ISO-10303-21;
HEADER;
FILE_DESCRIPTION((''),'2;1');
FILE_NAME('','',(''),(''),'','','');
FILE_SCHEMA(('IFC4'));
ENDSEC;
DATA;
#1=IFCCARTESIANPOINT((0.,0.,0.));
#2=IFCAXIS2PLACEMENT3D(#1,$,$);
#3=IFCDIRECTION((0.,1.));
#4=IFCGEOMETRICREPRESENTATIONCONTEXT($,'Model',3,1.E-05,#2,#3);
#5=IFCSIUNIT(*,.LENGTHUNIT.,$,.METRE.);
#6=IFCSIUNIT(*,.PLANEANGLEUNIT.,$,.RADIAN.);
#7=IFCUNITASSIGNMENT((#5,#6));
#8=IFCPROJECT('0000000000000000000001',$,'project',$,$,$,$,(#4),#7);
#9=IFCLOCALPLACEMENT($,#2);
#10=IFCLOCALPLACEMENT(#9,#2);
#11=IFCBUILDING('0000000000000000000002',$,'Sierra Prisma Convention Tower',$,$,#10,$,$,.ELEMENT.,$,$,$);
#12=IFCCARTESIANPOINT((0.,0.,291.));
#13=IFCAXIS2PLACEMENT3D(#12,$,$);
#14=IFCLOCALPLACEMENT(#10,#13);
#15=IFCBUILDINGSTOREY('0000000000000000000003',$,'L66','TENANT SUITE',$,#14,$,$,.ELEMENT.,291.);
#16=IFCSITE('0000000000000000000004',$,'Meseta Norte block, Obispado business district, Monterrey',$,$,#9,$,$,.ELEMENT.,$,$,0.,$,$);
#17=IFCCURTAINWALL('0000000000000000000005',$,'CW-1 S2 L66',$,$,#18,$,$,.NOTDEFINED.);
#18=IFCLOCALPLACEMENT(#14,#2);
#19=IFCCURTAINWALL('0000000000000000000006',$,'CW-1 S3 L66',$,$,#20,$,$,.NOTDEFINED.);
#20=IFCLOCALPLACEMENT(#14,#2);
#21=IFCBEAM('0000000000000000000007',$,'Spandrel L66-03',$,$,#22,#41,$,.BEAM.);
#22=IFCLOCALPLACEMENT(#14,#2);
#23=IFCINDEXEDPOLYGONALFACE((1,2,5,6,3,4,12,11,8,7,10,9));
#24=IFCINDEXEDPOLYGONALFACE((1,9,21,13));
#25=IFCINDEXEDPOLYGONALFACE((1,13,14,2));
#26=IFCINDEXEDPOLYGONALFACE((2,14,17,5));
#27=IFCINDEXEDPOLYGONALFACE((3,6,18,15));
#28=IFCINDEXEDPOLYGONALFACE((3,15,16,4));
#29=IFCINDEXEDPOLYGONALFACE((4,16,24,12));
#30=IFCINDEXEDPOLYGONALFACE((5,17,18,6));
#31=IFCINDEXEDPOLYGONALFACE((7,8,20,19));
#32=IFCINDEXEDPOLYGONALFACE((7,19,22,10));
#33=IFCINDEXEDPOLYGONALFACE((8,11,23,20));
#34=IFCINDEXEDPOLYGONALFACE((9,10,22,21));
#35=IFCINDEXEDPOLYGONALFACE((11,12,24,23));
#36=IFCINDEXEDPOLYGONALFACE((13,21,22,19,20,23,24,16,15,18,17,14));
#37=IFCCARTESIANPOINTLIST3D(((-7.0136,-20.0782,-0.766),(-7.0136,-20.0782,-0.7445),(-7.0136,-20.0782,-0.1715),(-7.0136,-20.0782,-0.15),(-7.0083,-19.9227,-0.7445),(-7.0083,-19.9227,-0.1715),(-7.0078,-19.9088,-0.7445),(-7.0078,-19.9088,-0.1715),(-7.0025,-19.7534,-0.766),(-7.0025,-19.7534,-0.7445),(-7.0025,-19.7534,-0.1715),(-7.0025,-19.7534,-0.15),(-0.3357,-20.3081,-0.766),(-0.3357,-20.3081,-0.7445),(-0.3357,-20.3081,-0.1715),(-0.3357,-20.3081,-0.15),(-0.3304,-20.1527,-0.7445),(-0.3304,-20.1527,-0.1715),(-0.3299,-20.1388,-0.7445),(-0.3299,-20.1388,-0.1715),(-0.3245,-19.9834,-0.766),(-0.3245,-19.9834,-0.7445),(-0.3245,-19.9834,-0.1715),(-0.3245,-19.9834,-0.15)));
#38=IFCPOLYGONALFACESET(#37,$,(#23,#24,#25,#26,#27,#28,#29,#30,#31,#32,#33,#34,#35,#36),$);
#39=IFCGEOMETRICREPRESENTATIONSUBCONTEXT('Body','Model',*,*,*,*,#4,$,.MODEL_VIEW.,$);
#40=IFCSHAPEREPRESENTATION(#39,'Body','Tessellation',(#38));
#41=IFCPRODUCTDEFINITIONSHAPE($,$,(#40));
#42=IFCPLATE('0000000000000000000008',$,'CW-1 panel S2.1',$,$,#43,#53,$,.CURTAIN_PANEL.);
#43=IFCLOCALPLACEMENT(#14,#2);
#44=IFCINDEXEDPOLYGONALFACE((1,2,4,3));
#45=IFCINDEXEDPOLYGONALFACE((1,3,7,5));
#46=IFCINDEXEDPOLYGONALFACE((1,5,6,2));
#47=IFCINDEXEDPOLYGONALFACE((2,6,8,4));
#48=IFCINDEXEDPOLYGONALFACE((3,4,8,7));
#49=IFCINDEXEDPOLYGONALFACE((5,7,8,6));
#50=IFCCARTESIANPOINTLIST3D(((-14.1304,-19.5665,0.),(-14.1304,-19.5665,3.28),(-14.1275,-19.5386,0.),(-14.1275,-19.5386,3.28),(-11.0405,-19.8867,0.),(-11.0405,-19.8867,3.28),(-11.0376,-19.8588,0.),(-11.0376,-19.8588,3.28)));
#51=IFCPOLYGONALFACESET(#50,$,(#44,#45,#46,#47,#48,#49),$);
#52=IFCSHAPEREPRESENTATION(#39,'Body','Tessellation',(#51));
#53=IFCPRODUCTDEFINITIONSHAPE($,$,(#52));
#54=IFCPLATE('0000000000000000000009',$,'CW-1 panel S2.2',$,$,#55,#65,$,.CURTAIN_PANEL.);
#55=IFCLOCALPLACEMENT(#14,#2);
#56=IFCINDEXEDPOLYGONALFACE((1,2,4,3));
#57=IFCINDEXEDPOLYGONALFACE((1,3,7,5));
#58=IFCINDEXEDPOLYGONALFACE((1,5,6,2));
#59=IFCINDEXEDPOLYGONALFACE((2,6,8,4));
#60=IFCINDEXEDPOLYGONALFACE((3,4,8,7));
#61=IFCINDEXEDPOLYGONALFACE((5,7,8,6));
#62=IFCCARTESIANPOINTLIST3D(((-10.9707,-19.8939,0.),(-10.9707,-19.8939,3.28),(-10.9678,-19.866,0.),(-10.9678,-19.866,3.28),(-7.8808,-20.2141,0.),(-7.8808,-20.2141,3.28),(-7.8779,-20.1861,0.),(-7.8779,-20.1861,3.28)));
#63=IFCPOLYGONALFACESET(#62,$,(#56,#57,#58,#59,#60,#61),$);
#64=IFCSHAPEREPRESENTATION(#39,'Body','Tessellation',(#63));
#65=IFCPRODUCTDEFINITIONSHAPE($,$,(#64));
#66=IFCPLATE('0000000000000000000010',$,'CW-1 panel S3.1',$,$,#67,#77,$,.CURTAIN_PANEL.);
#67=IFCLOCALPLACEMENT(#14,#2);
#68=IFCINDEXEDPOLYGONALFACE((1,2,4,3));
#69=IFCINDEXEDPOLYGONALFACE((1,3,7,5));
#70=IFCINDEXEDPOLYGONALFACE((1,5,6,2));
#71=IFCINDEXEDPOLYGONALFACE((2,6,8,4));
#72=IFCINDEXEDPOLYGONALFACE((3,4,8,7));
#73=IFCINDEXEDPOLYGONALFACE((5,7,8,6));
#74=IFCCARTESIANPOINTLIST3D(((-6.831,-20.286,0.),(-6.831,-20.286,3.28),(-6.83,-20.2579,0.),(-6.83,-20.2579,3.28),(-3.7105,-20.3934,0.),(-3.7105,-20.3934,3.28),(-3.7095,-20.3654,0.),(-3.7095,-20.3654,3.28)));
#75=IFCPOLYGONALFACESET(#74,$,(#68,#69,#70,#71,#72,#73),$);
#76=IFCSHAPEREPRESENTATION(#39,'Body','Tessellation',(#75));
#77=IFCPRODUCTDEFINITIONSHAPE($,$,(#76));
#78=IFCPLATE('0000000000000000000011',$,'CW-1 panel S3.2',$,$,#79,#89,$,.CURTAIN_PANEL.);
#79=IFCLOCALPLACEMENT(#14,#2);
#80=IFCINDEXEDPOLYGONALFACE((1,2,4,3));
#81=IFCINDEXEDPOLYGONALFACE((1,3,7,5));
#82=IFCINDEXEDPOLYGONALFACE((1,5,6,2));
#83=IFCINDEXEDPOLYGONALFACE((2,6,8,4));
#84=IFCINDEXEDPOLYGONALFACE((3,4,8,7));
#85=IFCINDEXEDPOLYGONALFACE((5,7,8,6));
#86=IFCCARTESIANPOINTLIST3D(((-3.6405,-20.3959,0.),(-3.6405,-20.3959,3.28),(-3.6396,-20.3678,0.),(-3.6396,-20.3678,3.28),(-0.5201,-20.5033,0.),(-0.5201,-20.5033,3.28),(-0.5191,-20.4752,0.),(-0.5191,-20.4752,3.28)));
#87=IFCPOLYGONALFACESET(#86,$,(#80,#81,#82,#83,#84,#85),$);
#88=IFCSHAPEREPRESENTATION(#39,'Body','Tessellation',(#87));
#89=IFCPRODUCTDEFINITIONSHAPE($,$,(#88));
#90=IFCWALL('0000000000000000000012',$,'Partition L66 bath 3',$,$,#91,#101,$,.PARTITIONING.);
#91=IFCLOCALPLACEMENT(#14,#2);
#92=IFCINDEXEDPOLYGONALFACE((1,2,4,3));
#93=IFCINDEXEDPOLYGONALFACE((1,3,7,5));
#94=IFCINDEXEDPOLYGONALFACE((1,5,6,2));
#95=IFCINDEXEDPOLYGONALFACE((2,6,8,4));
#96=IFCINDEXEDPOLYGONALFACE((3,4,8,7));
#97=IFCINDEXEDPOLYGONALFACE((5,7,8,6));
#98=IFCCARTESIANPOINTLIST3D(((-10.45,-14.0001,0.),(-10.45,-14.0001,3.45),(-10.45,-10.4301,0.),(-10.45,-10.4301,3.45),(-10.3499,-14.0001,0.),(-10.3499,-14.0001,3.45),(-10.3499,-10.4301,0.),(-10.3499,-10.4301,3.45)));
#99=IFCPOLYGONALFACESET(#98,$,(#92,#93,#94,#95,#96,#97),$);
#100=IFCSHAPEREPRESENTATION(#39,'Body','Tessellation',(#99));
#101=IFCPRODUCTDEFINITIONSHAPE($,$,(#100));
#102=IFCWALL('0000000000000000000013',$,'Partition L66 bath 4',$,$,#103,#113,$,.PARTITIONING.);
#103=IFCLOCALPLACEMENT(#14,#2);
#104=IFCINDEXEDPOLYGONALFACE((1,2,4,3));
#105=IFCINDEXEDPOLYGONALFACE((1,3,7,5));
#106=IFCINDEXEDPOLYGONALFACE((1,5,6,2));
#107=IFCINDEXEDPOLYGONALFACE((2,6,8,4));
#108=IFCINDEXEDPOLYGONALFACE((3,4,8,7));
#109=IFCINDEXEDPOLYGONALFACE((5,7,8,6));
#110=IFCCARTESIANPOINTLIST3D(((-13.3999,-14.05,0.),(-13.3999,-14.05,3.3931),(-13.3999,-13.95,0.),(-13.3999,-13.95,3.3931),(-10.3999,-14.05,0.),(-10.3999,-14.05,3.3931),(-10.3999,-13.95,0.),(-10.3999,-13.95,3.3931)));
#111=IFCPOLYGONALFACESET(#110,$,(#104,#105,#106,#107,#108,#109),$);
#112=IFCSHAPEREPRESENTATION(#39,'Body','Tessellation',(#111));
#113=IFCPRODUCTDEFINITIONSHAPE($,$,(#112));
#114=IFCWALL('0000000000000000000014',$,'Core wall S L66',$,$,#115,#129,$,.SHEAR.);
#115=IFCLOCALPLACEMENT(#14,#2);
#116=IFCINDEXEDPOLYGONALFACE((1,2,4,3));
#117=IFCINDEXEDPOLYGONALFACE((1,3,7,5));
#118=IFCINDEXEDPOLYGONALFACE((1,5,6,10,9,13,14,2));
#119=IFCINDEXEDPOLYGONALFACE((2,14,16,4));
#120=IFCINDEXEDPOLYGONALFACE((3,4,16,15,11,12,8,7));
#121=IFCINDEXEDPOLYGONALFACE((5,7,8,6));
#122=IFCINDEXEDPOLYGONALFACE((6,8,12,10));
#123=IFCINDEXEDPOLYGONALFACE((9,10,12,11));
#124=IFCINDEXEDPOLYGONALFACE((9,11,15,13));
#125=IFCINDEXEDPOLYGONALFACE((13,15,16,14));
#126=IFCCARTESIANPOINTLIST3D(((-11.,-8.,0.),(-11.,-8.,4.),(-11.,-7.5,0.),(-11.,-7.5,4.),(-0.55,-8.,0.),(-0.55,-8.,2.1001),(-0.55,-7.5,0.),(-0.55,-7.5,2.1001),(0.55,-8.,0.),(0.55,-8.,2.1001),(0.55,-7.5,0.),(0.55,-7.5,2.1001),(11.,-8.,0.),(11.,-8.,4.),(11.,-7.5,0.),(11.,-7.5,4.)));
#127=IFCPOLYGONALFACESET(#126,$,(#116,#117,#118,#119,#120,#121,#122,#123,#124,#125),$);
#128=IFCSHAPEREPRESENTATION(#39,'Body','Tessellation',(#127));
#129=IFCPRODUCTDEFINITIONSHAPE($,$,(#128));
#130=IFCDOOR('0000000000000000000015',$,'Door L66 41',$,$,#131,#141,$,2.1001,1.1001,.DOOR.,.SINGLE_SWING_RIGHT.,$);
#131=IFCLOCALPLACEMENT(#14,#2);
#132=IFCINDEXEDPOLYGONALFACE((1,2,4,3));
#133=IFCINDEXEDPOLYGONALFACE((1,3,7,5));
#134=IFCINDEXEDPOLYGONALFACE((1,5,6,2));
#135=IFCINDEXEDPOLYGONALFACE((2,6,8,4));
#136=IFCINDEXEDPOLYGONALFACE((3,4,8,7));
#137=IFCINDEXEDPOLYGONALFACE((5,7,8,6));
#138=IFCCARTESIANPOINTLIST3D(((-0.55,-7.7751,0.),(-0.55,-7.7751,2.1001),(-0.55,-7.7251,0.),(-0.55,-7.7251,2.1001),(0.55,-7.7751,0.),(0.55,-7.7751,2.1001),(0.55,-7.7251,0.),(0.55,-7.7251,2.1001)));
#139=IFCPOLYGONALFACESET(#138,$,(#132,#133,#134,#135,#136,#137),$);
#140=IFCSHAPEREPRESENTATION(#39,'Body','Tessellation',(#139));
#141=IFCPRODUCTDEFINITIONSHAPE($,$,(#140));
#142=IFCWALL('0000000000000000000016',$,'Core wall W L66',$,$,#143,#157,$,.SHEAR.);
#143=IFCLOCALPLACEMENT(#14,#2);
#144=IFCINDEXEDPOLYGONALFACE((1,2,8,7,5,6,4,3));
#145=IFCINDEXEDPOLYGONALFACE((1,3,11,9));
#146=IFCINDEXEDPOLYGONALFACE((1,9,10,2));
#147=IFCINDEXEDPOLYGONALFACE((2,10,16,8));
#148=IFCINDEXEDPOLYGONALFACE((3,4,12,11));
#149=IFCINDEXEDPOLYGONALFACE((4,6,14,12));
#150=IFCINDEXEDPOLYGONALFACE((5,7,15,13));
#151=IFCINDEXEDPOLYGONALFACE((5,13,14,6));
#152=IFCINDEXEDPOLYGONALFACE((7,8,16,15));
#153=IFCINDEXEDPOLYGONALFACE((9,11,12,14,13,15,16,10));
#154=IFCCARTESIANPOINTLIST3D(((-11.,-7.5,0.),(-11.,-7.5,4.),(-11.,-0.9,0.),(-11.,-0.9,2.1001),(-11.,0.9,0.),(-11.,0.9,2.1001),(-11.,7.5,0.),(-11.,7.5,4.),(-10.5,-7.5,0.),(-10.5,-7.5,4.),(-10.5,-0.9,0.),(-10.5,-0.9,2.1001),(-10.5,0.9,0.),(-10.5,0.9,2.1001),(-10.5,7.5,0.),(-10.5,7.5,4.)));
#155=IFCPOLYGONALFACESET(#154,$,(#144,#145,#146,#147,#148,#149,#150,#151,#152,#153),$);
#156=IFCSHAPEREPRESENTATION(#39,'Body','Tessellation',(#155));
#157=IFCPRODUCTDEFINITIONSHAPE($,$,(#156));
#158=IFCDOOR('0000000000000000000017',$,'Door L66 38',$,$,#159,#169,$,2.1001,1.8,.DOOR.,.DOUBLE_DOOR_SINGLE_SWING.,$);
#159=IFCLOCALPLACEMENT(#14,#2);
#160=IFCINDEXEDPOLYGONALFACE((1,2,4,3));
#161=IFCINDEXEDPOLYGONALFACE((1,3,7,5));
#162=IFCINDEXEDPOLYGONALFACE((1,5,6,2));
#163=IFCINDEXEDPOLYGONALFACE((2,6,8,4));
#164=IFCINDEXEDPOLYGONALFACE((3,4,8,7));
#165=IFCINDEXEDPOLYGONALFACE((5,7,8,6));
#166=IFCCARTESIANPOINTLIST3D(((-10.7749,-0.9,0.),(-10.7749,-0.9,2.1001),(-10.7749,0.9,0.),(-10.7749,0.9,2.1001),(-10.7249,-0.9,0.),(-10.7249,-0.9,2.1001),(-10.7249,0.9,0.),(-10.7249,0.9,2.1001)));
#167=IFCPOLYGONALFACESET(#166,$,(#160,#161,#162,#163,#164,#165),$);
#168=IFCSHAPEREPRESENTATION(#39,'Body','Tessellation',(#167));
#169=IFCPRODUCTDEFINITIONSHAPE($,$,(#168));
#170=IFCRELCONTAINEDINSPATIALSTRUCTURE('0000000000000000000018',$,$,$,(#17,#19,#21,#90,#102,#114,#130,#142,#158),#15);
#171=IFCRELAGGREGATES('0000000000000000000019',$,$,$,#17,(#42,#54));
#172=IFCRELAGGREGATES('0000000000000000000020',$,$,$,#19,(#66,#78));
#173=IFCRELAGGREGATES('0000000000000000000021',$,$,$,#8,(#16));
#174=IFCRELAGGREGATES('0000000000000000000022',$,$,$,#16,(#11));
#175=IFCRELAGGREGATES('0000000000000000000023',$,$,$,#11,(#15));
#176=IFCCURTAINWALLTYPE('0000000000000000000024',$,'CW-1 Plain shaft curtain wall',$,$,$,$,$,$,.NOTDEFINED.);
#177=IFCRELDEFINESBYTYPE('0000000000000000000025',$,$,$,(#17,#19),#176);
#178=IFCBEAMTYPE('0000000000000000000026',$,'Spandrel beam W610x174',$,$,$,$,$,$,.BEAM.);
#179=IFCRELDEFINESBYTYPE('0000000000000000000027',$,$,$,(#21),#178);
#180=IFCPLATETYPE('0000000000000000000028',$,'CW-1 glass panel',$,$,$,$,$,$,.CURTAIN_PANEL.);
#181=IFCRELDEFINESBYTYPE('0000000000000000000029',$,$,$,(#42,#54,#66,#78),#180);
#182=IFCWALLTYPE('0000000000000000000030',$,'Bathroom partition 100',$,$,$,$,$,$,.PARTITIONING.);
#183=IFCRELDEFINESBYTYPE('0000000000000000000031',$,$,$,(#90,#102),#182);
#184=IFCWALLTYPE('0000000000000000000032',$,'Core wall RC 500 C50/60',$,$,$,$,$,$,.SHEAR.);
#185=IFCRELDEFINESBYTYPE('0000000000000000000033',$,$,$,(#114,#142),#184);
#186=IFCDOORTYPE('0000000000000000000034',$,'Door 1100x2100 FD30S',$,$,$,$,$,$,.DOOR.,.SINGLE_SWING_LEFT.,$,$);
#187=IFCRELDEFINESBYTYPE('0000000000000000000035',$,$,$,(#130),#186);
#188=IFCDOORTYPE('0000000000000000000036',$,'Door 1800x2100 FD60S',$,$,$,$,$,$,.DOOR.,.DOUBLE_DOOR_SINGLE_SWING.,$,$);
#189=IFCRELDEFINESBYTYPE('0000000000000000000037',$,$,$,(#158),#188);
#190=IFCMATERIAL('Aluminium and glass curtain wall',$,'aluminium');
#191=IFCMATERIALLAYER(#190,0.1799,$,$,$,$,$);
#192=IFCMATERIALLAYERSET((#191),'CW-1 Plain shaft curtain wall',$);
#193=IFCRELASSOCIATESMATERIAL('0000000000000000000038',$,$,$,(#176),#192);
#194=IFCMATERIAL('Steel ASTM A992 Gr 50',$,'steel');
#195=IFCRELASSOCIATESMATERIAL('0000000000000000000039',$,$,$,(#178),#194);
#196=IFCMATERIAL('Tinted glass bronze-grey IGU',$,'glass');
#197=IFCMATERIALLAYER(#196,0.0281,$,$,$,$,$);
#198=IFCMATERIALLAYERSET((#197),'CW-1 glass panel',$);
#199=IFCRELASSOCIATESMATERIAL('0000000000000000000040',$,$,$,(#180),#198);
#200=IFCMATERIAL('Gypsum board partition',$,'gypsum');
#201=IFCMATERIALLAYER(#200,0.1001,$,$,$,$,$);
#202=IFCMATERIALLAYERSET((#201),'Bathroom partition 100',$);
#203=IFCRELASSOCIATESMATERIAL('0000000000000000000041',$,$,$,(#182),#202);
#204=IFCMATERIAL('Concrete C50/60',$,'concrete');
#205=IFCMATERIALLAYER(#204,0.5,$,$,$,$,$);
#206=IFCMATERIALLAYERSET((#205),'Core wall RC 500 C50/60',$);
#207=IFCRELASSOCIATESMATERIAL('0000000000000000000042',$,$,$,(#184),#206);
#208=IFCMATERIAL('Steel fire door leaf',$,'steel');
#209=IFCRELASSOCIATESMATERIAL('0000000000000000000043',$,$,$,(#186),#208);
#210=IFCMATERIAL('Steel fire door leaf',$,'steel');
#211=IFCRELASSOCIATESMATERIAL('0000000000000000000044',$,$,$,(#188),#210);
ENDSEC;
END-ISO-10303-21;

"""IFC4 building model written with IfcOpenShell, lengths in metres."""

from ifc_helpers import new_model, si_unit, direction, frame, frame_2d, origin, origin_2d, place, context, subcontext, project, spatial, rectangle, i_section, extrude, material, layer, layer_set, material_profile, profile_set, type_object, element, fill, aggregate, save


model = new_model("IFC4")

# Units and contexts
model_context = context("Model", 3, precision=1e-05, world=origin(), true_north=direction((0.0, 1.0)))
body_context = subcontext(model_context, "Body", "Model", "MODEL_VIEW")
ifc_project = project(units=[si_unit("LENGTHUNIT", "METRE"), si_unit("PLANEANGLEUNIT", "RADIAN")], contexts=[model_context])

# Site, building, storey
site_placement = place(None, origin())
site = spatial("IfcSite", under=ifc_project, at=site_placement, Name="Meseta Norte block, Obispado business district, Monterrey", CompositionType="ELEMENT", RefElevation=0.0)
building_placement = place(site_placement, origin())
building = spatial("IfcBuilding", under=site, at=building_placement, Name="Sierra Prisma Convention Tower", CompositionType="ELEMENT")
storey_placement = place(building_placement, frame((0.0, 0.0, 291.0)))
storey = spatial("IfcBuildingStorey", under=building, at=storey_placement, Name="L66", Description="TENANT SUITE", CompositionType="ELEMENT", Elevation=291.0)

# Curtain wall
ifc_material_1 = material(Name="Aluminium and glass curtain wall", Category="aluminium")
ifc_layer_1 = layer(ifc_material_1, 0.1799)
ifc_layer_set_1 = layer_set([ifc_layer_1], Name="CW-1 Plain shaft curtain wall")
curtain_wall_type = type_object("IfcCurtainWallType", Name="CW-1 Plain shaft curtain wall", PredefinedType="NOTDEFINED", material=ifc_layer_set_1)
curtain_wall_1_placement = place(storey_placement, origin())
curtain_wall_1 = element("IfcCurtainWall", 1, at=curtain_wall_1_placement, inside=storey, type_object=curtain_wall_type, Name="CW-1 S2 L66", PredefinedType="NOTDEFINED")

# Curtain wall
curtain_wall_2_placement = place(storey_placement, origin())
curtain_wall_2 = element("IfcCurtainWall", 2, at=curtain_wall_2_placement, inside=storey, type_object=curtain_wall_type, Name="CW-1 S3 L66", PredefinedType="NOTDEFINED")

# Beam
ifc_material_2 = material(Name="Steel ASTM A992 Gr 50", Category="steel")
ifc_material_profile_1 = material_profile(ifc_material_2, i_section(OverallWidth=0.325, OverallDepth=0.616, WebThickness=0.0139, FlangeThickness=0.0215, at=origin_2d()), Name="W610x174")
ifc_profile_set_1 = profile_set([ifc_material_profile_1], Name="Steel ASTM A992 Gr 50")
beam_type_1 = type_object("IfcBeamType", Name="Spandrel beam W610x174", PredefinedType="BEAM", material=ifc_profile_set_1)
beam_1_placement = place(storey_placement, frame((-7.0081, -19.9158, -0.458), z_axis=(0.999408, -0.034418, 0.0), x_axis=(0.034418, 0.999408, 0.0)))
element("IfcBeam", 3, at=beam_1_placement, inside=storey, type_object=beam_type_1, Name="Spandrel L66-03", PredefinedType="BEAM", context=body_context, shape_type="SweptSolid", body=[
    extrude(i_section(OverallWidth=0.325, OverallDepth=0.616, WebThickness=0.0139, FlangeThickness=0.0215, at=origin_2d()), origin(), (0.0, 0.0, 1.0), 6.6819),
])

# Plates
ifc_material_3 = material(Name="Tinted glass bronze-grey IGU", Category="glass")
ifc_layer_2 = layer(ifc_material_3, 0.0281)
ifc_layer_set_2 = layer_set([ifc_layer_2], Name="CW-1 glass panel")
plate_type = type_object("IfcPlateType", Name="CW-1 glass panel", PredefinedType="CURTAIN_PANEL", material=ifc_layer_set_2)
plate_1_placement = place(storey_placement, frame((-12.584, -19.7126, 0.0), z_axis=(0.0, 0.0, 1.0), x_axis=(0.994675, -0.103058, 0.0)))
plate_1 = element("IfcPlate", 4, at=plate_1_placement, type_object=plate_type, Name="CW-1 panel S2.1", PredefinedType="CURTAIN_PANEL", context=body_context, shape_type="SweptSolid", body=[
    extrude(rectangle(XDim=3.1064, YDim=0.0281, at=origin_2d()), origin(), (0.0, 0.0, 1.0), 3.28),
])
plate_2_placement = place(storey_placement, frame((-9.4243, -20.04, 0.0), z_axis=(0.0, 0.0, 1.0), x_axis=(0.994675, -0.103058, 0.0)))
plate_2 = element("IfcPlate", 5, at=plate_2_placement, type_object=plate_type, Name="CW-1 panel S2.2", PredefinedType="CURTAIN_PANEL", context=body_context, shape_type="SweptSolid", body=[
    extrude(rectangle(XDim=3.1064, YDim=0.0281, at=origin_2d()), origin(), (0.0, 0.0, 1.0), 3.28),
])
aggregate(curtain_wall_1, [plate_1, plate_2])
plate_3_placement = place(storey_placement, frame((-5.2703, -20.3257, 0.0), z_axis=(0.0, 0.0, 1.0), x_axis=(0.999408, -0.034407, 0.0)))
plate_3 = element("IfcPlate", 6, at=plate_3_placement, type_object=plate_type, Name="CW-1 panel S3.1", PredefinedType="CURTAIN_PANEL", context=body_context, shape_type="SweptSolid", body=[
    extrude(rectangle(XDim=3.1223, YDim=0.0281, at=origin_2d()), origin(), (0.0, 0.0, 1.0), 3.28),
])
plate_4_placement = place(storey_placement, frame((-2.0798, -20.4355, 0.0), z_axis=(0.0, 0.0, 1.0), x_axis=(0.999408, -0.034407, 0.0)))
plate_4 = element("IfcPlate", 7, at=plate_4_placement, type_object=plate_type, Name="CW-1 panel S3.2", PredefinedType="CURTAIN_PANEL", context=body_context, shape_type="SweptSolid", body=[
    extrude(rectangle(XDim=3.1223, YDim=0.0281, at=origin_2d()), origin(), (0.0, 0.0, 1.0), 3.28),
])
aggregate(curtain_wall_2, [plate_3, plate_4])

# Walls
ifc_material_4 = material(Name="Gypsum board partition", Category="gypsum")
ifc_layer_3 = layer(ifc_material_4, 0.1001)
ifc_layer_set_3 = layer_set([ifc_layer_3], Name="Bathroom partition 100")
wall_type_1 = type_object("IfcWallType", Name="Bathroom partition 100", PredefinedType="PARTITIONING", material=ifc_layer_set_3)
wall_1_placement = place(storey_placement, frame((-10.3999, -10.4299, 0.0), z_axis=(0.0, 0.0, 1.0), x_axis=(0.0, -1.0, 0.0)))
element("IfcWall", 8, at=wall_1_placement, inside=storey, type_object=wall_type_1, Name="Partition L66 bath 3", PredefinedType="PARTITIONING", context=body_context, shape_type="SweptSolid", body=[
    extrude(rectangle(XDim=3.5701, YDim=0.1001, at=frame_2d((1.7852, 0.0))), origin(), (0.0, 0.0, 1.0), 3.45),
])
wall_2_placement = place(storey_placement, frame((-10.3999, -14.0, 0.0), z_axis=(0.0, 0.0, 1.0), x_axis=(-1.0, 0.0, 0.0)))
element("IfcWall", 9, at=wall_2_placement, inside=storey, type_object=wall_type_1, Name="Partition L66 bath 4", PredefinedType="PARTITIONING", context=body_context, shape_type="SweptSolid", body=[
    extrude(rectangle(XDim=3.0, YDim=0.1001, at=frame_2d((1.5, 0.0))), origin(), (0.0, 0.0, 1.0), 3.3931),
])

# Walls, openings, doors
ifc_material_5 = material(Name="Concrete C50/60", Category="concrete")
ifc_layer_4 = layer(ifc_material_5, 0.5)
ifc_layer_set_4 = layer_set([ifc_layer_4], Name="Core wall RC 500 C50/60")
wall_type_2 = type_object("IfcWallType", Name="Core wall RC 500 C50/60", PredefinedType="SHEAR", material=ifc_layer_set_4)
wall_3_placement = place(storey_placement, frame((-11.0, -7.75, 0.0), z_axis=(0.0, 0.0, 1.0), x_axis=(1.0, 0.0, 0.0)))
wall_3 = element("IfcWall", 10, at=wall_3_placement, inside=storey, type_object=wall_type_2, Name="Core wall S L66", PredefinedType="SHEAR", context=body_context, shape_type="SweptSolid", body=[
    extrude(rectangle(XDim=22.0, YDim=0.5, at=frame_2d((11.0, 0.0))), origin(), (0.0, 0.0, 1.0), 4.0),
])
opening_1_placement = place(wall_3_placement, frame((10.45, 0.0, 0.0)))
opening_1 = element("IfcOpeningElement", 11, at=opening_1_placement, cuts=wall_3, PredefinedType="OPENING", context=body_context, shape_type="SweptSolid", body=[
    extrude(rectangle(XDim=1.1001, YDim=2.1001, at=frame_2d((0.55, 1.05))), frame((0.0, 0.25, 0.0), z_axis=(0.0, -1.0, 0.0), x_axis=(1.0, 0.0, 0.0)), (0.0, 0.0, 1.0), 0.5),
])
ifc_material_6 = material(Name="Steel fire door leaf", Category="steel")
door_type_1 = type_object("IfcDoorType", Name="Door 1100x2100 FD30S", OperationType="SINGLE_SWING_LEFT", PredefinedType="DOOR", material=ifc_material_6)
door_1_placement = place(opening_1_placement, origin())
door_1 = element("IfcDoor", 12, at=door_1_placement, inside=storey, type_object=door_type_1, Name="Door L66 41", OperationType="SINGLE_SWING_RIGHT", OverallHeight=2.1001, OverallWidth=1.1001, PredefinedType="DOOR", context=body_context, shape_type="SweptSolid", body=[
    extrude(rectangle(XDim=1.1001, YDim=2.1001, at=frame_2d((0.55, 1.05))), frame((0.0, 0.0249, 0.0), z_axis=(0.0, -1.0, 0.0), x_axis=(1.0, 0.0, 0.0)), (0.0, 0.0, 1.0), 0.05),
])
fill(opening_1, door_1)
wall_4_placement = place(storey_placement, frame((-10.75, -7.5, 0.0), z_axis=(0.0, 0.0, 1.0), x_axis=(0.0, 1.0, 0.0)))
wall_4 = element("IfcWall", 13, at=wall_4_placement, inside=storey, type_object=wall_type_2, Name="Core wall W L66", PredefinedType="SHEAR", context=body_context, shape_type="SweptSolid", body=[
    extrude(rectangle(XDim=15.0, YDim=0.5, at=frame_2d((7.5, 0.0))), origin(), (0.0, 0.0, 1.0), 4.0),
])
opening_2_placement = place(wall_4_placement, frame((6.6001, 0.0, 0.0)))
opening_2 = element("IfcOpeningElement", 14, at=opening_2_placement, cuts=wall_4, PredefinedType="OPENING", context=body_context, shape_type="SweptSolid", body=[
    extrude(rectangle(XDim=1.8, YDim=2.1001, at=frame_2d((0.8999, 1.05))), frame((0.0, 0.25, 0.0), z_axis=(0.0, -1.0, 0.0), x_axis=(1.0, 0.0, 0.0)), (0.0, 0.0, 1.0), 0.5),
])
ifc_material_7 = material(Name="Steel fire door leaf", Category="steel")
door_type_2 = type_object("IfcDoorType", Name="Door 1800x2100 FD60S", OperationType="DOUBLE_DOOR_SINGLE_SWING", PredefinedType="DOOR", material=ifc_material_7)
door_2_placement = place(opening_2_placement, origin())
door_2 = element("IfcDoor", 15, at=door_2_placement, inside=storey, type_object=door_type_2, Name="Door L66 38", OperationType="DOUBLE_DOOR_SINGLE_SWING", OverallHeight=2.1001, OverallWidth=1.8, PredefinedType="DOOR", context=body_context, shape_type="SweptSolid", body=[
    extrude(rectangle(XDim=1.8, YDim=2.1001, at=frame_2d((0.8999, 1.05))), frame((0.0, 0.0249, 0.0), z_axis=(0.0, -1.0, 0.0), x_axis=(1.0, 0.0, 0.0)), (0.0, 0.0, 1.0), 0.05),
])
fill(opening_2, door_2)

save(model, "model.ifc")
